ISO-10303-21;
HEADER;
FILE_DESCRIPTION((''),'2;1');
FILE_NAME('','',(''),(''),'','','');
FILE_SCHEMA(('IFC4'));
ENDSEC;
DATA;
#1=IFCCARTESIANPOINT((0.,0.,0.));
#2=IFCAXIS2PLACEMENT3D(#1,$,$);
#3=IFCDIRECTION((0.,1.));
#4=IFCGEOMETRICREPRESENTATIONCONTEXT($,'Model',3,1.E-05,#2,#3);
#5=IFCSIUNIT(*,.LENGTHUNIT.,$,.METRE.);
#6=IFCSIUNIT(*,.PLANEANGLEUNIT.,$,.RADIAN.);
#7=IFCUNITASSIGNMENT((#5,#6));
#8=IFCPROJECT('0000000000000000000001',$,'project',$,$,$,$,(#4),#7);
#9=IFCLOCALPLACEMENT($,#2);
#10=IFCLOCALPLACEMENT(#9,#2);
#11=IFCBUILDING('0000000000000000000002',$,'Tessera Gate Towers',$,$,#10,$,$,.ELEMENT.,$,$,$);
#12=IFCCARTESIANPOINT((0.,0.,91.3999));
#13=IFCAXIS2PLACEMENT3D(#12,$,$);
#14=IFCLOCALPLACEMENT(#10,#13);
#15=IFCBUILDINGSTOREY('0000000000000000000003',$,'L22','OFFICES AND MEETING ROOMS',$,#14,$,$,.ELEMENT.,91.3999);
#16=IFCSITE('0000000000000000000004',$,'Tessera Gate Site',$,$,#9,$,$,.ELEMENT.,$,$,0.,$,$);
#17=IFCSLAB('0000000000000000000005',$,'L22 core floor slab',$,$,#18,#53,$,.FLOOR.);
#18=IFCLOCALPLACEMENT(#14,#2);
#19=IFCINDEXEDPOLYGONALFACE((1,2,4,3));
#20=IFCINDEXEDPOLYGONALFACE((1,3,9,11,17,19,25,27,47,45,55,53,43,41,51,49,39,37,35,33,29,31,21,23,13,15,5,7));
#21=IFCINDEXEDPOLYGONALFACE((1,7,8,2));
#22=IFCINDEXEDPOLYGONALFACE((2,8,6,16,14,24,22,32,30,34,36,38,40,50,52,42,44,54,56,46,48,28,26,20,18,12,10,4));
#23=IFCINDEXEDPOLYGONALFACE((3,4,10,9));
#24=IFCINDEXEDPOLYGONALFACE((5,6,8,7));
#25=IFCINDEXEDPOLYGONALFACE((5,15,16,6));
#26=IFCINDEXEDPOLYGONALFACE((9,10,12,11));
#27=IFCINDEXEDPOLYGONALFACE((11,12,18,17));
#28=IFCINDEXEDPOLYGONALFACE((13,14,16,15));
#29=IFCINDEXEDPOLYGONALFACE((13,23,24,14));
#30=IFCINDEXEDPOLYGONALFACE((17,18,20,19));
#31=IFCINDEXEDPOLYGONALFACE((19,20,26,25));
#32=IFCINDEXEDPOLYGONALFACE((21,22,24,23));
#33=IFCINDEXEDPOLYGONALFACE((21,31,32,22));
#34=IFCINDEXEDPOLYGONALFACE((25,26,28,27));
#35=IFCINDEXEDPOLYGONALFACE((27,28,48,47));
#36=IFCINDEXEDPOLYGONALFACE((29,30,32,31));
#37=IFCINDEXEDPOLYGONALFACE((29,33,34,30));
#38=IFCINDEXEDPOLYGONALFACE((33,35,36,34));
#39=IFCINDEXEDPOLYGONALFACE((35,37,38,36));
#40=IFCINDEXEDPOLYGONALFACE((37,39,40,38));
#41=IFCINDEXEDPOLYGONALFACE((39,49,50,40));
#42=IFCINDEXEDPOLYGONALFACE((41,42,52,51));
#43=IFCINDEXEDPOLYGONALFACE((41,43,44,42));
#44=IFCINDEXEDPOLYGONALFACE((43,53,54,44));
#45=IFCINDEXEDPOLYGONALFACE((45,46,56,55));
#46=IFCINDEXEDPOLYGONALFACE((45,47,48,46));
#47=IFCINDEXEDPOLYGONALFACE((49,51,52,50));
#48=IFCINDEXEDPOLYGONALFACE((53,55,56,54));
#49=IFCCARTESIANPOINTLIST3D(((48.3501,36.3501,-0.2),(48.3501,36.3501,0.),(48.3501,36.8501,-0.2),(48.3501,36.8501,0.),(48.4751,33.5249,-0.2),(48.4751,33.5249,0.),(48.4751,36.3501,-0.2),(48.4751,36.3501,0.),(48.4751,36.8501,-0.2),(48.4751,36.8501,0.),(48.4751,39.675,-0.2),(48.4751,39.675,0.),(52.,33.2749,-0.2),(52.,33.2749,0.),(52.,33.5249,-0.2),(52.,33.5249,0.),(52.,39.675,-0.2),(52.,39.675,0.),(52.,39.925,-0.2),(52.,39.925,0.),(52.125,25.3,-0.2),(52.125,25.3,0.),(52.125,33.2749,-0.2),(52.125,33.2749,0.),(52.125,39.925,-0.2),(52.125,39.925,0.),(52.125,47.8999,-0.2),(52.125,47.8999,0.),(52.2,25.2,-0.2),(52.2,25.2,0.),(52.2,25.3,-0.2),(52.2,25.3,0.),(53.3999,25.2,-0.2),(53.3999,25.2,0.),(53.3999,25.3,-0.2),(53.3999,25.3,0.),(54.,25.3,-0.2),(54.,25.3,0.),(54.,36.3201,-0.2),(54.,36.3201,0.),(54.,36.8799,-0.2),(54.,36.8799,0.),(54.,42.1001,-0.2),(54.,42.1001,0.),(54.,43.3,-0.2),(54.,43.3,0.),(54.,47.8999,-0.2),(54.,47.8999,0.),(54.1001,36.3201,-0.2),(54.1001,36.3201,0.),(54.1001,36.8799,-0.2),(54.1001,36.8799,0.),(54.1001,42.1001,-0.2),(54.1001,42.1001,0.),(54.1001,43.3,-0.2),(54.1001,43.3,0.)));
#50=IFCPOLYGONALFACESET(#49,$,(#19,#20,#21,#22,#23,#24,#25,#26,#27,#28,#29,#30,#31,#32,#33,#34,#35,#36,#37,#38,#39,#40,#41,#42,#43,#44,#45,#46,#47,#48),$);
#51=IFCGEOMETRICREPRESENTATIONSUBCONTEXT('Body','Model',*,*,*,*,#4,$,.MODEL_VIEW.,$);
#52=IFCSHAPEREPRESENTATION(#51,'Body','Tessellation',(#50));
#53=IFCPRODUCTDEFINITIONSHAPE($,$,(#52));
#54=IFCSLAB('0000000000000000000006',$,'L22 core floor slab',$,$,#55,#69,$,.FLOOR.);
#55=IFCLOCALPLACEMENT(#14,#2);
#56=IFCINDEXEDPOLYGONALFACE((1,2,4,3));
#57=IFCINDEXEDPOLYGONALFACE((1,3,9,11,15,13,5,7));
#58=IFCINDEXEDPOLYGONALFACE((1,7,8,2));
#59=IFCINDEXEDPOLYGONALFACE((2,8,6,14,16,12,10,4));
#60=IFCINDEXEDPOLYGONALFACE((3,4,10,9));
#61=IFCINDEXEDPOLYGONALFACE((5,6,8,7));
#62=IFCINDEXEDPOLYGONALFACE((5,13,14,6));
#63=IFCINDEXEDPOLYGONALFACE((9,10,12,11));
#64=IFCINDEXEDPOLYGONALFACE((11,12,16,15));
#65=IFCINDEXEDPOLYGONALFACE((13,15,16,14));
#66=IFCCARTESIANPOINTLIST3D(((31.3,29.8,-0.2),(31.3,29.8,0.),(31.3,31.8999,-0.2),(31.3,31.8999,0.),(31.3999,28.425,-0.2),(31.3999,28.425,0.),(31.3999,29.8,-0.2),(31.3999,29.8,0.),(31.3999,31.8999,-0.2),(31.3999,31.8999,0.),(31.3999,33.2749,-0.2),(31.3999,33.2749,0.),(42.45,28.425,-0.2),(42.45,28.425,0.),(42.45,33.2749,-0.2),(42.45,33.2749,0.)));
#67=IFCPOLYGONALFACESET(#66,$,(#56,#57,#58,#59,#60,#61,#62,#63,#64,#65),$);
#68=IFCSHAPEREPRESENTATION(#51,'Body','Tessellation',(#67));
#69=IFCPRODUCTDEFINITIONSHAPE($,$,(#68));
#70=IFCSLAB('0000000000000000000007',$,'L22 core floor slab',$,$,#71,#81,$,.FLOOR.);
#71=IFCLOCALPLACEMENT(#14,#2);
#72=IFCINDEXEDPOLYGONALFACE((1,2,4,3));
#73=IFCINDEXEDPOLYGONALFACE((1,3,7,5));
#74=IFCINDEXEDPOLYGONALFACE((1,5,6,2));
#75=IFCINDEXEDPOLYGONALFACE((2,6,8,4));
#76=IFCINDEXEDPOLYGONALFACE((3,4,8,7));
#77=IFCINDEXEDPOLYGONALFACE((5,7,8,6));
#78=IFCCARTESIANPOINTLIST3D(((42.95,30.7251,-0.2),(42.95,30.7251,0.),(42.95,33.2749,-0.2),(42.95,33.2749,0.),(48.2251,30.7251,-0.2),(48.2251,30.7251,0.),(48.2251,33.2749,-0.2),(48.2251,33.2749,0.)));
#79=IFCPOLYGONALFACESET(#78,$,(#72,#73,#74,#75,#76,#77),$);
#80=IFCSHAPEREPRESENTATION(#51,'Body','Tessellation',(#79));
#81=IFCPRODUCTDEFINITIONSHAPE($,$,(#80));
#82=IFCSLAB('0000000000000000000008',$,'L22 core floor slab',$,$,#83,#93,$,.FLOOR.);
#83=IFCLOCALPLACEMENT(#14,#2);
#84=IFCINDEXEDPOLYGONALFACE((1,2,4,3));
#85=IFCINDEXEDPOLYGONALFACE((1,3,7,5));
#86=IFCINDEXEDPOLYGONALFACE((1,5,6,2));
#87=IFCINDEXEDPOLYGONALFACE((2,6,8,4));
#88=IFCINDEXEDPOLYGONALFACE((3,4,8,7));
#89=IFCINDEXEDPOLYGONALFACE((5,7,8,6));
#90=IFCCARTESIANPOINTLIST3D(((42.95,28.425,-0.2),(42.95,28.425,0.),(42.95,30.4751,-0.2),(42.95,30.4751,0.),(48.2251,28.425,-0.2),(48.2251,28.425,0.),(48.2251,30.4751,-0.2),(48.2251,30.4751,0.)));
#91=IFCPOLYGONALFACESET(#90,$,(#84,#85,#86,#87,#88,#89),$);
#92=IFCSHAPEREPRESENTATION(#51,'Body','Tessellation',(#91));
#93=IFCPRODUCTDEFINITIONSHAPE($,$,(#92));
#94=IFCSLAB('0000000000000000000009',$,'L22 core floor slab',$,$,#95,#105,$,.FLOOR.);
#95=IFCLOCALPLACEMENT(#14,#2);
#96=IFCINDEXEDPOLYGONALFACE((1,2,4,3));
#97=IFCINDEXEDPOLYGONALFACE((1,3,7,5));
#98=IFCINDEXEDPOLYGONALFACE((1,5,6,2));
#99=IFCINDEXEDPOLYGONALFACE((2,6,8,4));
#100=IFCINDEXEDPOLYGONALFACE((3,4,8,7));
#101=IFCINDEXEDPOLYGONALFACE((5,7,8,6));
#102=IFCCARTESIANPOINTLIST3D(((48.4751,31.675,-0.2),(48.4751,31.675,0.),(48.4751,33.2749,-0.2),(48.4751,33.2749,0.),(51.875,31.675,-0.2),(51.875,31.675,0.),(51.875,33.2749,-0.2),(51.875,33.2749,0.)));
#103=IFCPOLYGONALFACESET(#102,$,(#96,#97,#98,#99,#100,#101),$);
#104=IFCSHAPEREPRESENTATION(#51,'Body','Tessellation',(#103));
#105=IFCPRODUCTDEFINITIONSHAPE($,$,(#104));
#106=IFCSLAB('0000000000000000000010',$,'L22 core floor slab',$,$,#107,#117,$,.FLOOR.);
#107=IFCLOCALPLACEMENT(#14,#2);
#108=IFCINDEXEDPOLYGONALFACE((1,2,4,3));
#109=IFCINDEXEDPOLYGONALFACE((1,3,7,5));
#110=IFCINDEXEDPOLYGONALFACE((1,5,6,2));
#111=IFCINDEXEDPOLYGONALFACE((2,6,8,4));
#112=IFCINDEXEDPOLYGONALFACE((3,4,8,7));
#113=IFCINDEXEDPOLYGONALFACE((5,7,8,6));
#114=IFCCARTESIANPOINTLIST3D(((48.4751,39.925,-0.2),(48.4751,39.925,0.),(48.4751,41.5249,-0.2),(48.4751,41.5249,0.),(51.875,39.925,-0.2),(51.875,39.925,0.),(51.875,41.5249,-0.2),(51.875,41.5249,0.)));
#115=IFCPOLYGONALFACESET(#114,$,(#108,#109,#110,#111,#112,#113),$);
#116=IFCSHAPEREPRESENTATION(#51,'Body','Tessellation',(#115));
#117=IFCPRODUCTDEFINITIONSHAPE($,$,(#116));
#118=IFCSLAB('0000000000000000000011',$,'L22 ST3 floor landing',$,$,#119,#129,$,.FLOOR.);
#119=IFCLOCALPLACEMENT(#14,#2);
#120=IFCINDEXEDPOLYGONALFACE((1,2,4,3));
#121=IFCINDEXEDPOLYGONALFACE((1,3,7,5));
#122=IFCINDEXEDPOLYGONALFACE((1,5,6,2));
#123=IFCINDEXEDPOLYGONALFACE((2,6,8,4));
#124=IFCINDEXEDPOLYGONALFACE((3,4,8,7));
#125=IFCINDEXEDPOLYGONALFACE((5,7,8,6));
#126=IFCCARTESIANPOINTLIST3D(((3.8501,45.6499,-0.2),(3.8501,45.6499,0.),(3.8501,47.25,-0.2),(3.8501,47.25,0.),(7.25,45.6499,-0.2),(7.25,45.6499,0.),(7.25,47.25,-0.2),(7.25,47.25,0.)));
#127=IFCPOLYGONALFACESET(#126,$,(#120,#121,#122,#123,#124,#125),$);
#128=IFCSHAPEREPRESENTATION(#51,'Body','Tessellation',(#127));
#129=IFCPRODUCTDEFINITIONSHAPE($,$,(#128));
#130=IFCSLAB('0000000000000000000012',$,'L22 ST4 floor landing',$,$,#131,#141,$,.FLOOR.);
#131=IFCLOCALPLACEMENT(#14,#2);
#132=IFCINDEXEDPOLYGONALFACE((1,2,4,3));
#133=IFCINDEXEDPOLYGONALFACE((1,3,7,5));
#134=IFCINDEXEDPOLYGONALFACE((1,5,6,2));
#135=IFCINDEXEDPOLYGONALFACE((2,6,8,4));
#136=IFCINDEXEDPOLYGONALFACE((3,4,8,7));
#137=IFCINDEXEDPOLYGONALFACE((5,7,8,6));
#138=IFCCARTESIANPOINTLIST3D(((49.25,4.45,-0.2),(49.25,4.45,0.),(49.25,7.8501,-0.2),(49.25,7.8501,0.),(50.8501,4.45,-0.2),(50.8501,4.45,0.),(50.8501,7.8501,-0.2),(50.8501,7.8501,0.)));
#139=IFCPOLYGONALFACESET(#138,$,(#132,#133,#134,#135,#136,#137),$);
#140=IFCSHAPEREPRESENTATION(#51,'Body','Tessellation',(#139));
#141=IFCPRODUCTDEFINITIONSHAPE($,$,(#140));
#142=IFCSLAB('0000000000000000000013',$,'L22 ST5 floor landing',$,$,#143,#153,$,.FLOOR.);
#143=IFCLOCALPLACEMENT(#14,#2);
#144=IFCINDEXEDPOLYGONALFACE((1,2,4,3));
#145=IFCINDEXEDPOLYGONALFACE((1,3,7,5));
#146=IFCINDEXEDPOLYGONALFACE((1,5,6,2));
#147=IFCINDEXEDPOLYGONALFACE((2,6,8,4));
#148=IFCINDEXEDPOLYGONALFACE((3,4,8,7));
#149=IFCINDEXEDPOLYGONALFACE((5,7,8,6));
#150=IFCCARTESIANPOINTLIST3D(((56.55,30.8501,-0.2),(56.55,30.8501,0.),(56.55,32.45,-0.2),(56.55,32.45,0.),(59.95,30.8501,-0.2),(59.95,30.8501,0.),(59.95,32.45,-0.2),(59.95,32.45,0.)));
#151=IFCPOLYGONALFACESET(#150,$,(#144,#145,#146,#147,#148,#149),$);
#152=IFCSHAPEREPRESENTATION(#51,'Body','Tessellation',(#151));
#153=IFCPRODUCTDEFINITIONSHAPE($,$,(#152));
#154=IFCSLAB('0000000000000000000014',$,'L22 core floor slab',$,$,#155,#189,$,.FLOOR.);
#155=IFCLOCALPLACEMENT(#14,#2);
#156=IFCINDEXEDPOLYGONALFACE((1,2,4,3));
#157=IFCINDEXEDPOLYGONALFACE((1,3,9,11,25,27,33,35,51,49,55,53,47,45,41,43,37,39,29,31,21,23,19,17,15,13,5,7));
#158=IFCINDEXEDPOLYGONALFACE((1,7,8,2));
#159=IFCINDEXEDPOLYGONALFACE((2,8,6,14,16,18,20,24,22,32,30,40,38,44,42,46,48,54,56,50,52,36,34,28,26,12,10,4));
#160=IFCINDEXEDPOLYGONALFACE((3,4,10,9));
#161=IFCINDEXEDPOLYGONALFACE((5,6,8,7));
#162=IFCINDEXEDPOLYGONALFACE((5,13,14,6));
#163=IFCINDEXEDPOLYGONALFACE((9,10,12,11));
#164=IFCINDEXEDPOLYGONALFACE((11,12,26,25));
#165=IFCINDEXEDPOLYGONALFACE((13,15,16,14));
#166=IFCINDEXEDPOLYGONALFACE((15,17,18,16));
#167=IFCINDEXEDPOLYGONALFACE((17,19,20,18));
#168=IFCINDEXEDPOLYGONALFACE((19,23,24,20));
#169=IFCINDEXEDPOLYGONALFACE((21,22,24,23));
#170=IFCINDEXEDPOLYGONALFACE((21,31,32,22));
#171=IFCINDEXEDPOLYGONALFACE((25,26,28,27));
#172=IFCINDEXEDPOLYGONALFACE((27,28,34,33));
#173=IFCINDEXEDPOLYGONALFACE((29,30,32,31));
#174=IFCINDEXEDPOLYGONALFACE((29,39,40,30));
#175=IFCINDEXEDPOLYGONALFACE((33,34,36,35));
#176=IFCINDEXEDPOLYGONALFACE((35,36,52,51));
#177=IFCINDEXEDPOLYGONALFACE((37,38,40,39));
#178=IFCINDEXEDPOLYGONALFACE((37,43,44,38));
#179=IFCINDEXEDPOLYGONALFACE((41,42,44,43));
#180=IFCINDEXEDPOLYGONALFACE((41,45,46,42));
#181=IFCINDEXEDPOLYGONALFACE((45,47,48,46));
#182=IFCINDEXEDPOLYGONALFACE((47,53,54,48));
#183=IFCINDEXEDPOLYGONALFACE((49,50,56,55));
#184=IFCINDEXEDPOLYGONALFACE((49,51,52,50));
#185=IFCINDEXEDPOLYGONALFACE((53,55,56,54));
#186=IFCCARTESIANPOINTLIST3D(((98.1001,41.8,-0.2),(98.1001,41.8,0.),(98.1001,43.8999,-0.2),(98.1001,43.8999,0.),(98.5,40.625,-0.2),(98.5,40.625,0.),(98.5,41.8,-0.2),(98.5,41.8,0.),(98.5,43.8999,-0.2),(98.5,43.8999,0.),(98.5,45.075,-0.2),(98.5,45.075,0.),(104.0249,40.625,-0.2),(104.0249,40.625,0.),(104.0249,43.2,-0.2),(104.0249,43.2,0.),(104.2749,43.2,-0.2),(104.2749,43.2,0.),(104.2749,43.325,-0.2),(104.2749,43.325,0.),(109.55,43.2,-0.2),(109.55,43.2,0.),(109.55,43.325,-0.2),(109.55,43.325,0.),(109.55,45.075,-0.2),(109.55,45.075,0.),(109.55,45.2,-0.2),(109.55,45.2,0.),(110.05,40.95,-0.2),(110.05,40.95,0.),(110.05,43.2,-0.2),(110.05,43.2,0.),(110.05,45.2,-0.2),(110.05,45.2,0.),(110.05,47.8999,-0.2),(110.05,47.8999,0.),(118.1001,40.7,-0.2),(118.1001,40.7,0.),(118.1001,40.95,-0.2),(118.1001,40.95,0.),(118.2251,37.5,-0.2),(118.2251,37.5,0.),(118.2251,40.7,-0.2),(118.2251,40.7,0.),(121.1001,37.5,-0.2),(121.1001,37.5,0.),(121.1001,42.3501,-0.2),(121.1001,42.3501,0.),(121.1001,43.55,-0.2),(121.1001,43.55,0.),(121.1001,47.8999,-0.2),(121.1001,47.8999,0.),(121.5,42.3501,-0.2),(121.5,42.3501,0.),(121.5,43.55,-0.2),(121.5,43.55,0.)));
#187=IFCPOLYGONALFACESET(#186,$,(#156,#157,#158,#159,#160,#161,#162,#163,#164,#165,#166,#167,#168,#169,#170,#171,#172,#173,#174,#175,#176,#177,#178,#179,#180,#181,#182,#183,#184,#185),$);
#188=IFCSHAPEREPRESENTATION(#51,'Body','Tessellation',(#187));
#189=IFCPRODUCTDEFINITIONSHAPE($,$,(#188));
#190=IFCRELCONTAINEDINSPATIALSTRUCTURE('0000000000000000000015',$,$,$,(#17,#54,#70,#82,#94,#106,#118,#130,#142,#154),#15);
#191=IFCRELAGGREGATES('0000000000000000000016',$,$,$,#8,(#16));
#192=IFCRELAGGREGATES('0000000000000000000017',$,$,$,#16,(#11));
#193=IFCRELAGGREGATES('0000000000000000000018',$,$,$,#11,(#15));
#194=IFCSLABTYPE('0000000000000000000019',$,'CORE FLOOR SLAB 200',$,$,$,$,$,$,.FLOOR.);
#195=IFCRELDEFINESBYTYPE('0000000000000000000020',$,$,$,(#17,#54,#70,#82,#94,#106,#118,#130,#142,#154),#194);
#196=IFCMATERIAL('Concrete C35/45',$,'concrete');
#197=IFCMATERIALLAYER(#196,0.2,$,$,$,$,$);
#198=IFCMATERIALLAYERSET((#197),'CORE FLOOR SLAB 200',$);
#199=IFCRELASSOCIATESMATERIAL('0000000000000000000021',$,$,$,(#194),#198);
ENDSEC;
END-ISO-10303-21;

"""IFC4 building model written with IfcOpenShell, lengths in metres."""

from ifc_helpers import new_model, si_unit, direction, frame, origin, place, context, subcontext, project, spatial, polyline, outline, extrude, material, layer, layer_set, type_object, element, save


model = new_model("IFC4")

# Units and contexts
model_context = context("Model", 3, precision=1e-05, world=origin(), true_north=direction((0.0, 1.0)))
body_context = subcontext(model_context, "Body", "Model", "MODEL_VIEW")
ifc_project = project(units=[si_unit("LENGTHUNIT", "METRE"), si_unit("PLANEANGLEUNIT", "RADIAN")], contexts=[model_context])

# Site, building, storey
site_placement = place(None, origin())
site = spatial("IfcSite", under=ifc_project, at=site_placement, Name="Tessera Gate Site", CompositionType="ELEMENT", RefElevation=0.0)
building_placement = place(site_placement, origin())
building = spatial("IfcBuilding", under=site, at=building_placement, Name="Tessera Gate Towers", CompositionType="ELEMENT")
storey_placement = place(building_placement, frame((0.0, 0.0, 91.3999)))
storey = spatial("IfcBuildingStorey", under=building, at=storey_placement, Name="L22", Description="OFFICES AND MEETING ROOMS", CompositionType="ELEMENT", Elevation=91.3999)

# Slabs
ifc_material_1 = material(Name="Concrete C35/45", Category="concrete")
ifc_layer_1 = layer(ifc_material_1, 0.2)
ifc_layer_set_1 = layer_set([ifc_layer_1], Name="CORE FLOOR SLAB 200")
slab_type_1 = type_object("IfcSlabType", Name="CORE FLOOR SLAB 200", PredefinedType="FLOOR", material=ifc_layer_set_1)
slab_1_placement = place(storey_placement, frame((0.0, 0.0, -0.2)))
element("IfcSlab", 1, at=slab_1_placement, inside=storey, type_object=slab_type_1, Name="L22 core floor slab", PredefinedType="FLOOR", context=body_context, shape_type="SweptSolid", body=[
    extrude(outline(polyline([(52.2, 25.2), (53.3999, 25.2), (53.3999, 25.3), (54.0, 25.3), (54.0, 36.3201), (54.1001, 36.3201), (54.1001, 36.8799), (54.0, 36.8799), (54.0, 42.1001), (54.1001, 42.1001), (54.1001, 43.3), (54.0, 43.3), (54.0, 47.8999), (52.125, 47.8999), (52.125, 39.925), (52.0, 39.925), (52.0, 39.675), (48.4751, 39.675), (48.4751, 36.8501), (48.3501, 36.8501), (48.3501, 36.3501), (48.4751, 36.3501), (48.4751, 33.5249), (52.0, 33.5249), (52.0, 33.2749), (52.125, 33.2749), (52.125, 25.3), (52.2, 25.3), (52.2, 25.2)])), origin(), (0.0, 0.0, 1.0), 0.2),
])
slab_2_placement = place(storey_placement, frame((0.0, 0.0, -0.2)))
element("IfcSlab", 2, at=slab_2_placement, inside=storey, type_object=slab_type_1, Name="L22 core floor slab", PredefinedType="FLOOR", context=body_context, shape_type="SweptSolid", body=[
    extrude(outline(polyline([(31.3999, 29.8), (31.3999, 28.425), (42.45, 28.425), (42.45, 33.2749), (31.3999, 33.2749), (31.3999, 31.8999), (31.3, 31.8999), (31.3, 29.8), (31.3999, 29.8)])), origin(), (0.0, 0.0, 1.0), 0.2),
])
slab_3_placement = place(storey_placement, frame((0.0, 0.0, -0.2)))
element("IfcSlab", 3, at=slab_3_placement, inside=storey, type_object=slab_type_1, Name="L22 core floor slab", PredefinedType="FLOOR", context=body_context, shape_type="SweptSolid", body=[
    extrude(outline(polyline([(42.95, 33.2749), (42.95, 30.7251), (48.2251, 30.7251), (48.2251, 33.2749), (42.95, 33.2749)])), origin(), (0.0, 0.0, 1.0), 0.2),
])
slab_4_placement = place(storey_placement, frame((0.0, 0.0, -0.2)))
element("IfcSlab", 4, at=slab_4_placement, inside=storey, type_object=slab_type_1, Name="L22 core floor slab", PredefinedType="FLOOR", context=body_context, shape_type="SweptSolid", body=[
    extrude(outline(polyline([(42.95, 30.4751), (42.95, 28.425), (48.2251, 28.425), (48.2251, 30.4751), (42.95, 30.4751)])), origin(), (0.0, 0.0, 1.0), 0.2),
])
slab_5_placement = place(storey_placement, frame((0.0, 0.0, -0.2)))
element("IfcSlab", 5, at=slab_5_placement, inside=storey, type_object=slab_type_1, Name="L22 core floor slab", PredefinedType="FLOOR", context=body_context, shape_type="SweptSolid", body=[
    extrude(outline(polyline([(51.875, 31.675), (51.875, 33.2749), (48.4751, 33.2749), (48.4751, 31.675), (51.875, 31.675)])), origin(), (0.0, 0.0, 1.0), 0.2),
])
slab_6_placement = place(storey_placement, frame((0.0, 0.0, -0.2)))
element("IfcSlab", 6, at=slab_6_placement, inside=storey, type_object=slab_type_1, Name="L22 core floor slab", PredefinedType="FLOOR", context=body_context, shape_type="SweptSolid", body=[
    extrude(outline(polyline([(48.4751, 41.5249), (48.4751, 39.925), (51.875, 39.925), (51.875, 41.5249), (48.4751, 41.5249)])), origin(), (0.0, 0.0, 1.0), 0.2),
])
slab_7_placement = place(storey_placement, frame((0.0, 0.0, -0.2)))
element("IfcSlab", 7, at=slab_7_placement, inside=storey, type_object=slab_type_1, Name="L22 ST3 floor landing", PredefinedType="FLOOR", context=body_context, shape_type="SweptSolid", body=[
    extrude(outline(polyline([(3.8501, 47.25), (3.8501, 45.6499), (7.25, 45.6499), (7.25, 47.25), (3.8501, 47.25)])), origin(), (0.0, 0.0, 1.0), 0.2),
])
slab_8_placement = place(storey_placement, frame((0.0, 0.0, -0.2)))
element("IfcSlab", 8, at=slab_8_placement, inside=storey, type_object=slab_type_1, Name="L22 ST4 floor landing", PredefinedType="FLOOR", context=body_context, shape_type="SweptSolid", body=[
    extrude(outline(polyline([(49.25, 4.45), (50.8501, 4.45), (50.8501, 7.8501), (49.25, 7.8501), (49.25, 4.45)])), origin(), (0.0, 0.0, 1.0), 0.2),
])
slab_9_placement = place(storey_placement, frame((0.0, 0.0, -0.2)))
element("IfcSlab", 9, at=slab_9_placement, inside=storey, type_object=slab_type_1, Name="L22 ST5 floor landing", PredefinedType="FLOOR", context=body_context, shape_type="SweptSolid", body=[
    extrude(outline(polyline([(59.95, 30.8501), (59.95, 32.45), (56.55, 32.45), (56.55, 30.8501), (59.95, 30.8501)])), origin(), (0.0, 0.0, 1.0), 0.2),
])
slab_10_placement = place(storey_placement, frame((0.0, 0.0, -0.2)))
element("IfcSlab", 10, at=slab_10_placement, inside=storey, type_object=slab_type_1, Name="L22 core floor slab", PredefinedType="FLOOR", context=body_context, shape_type="SweptSolid", body=[
    extrude(outline(polyline([(109.55, 45.2), (109.55, 45.075), (98.5, 45.075), (98.5, 43.8999), (98.1001, 43.8999), (98.1001, 41.8), (98.5, 41.8), (98.5, 40.625), (104.0249, 40.625), (104.0249, 43.2), (104.2749, 43.2), (104.2749, 43.325), (109.55, 43.325), (109.55, 43.2), (110.05, 43.2), (110.05, 40.95), (118.1001, 40.95), (118.1001, 40.7), (118.2251, 40.7), (118.2251, 37.5), (121.1001, 37.5), (121.1001, 42.3501), (121.5, 42.3501), (121.5, 43.55), (121.1001, 43.55), (121.1001, 47.8999), (110.05, 47.8999), (110.05, 45.2), (109.55, 45.2)])), origin(), (0.0, 0.0, 1.0), 0.2),
])

save(model, "model.ifc")
